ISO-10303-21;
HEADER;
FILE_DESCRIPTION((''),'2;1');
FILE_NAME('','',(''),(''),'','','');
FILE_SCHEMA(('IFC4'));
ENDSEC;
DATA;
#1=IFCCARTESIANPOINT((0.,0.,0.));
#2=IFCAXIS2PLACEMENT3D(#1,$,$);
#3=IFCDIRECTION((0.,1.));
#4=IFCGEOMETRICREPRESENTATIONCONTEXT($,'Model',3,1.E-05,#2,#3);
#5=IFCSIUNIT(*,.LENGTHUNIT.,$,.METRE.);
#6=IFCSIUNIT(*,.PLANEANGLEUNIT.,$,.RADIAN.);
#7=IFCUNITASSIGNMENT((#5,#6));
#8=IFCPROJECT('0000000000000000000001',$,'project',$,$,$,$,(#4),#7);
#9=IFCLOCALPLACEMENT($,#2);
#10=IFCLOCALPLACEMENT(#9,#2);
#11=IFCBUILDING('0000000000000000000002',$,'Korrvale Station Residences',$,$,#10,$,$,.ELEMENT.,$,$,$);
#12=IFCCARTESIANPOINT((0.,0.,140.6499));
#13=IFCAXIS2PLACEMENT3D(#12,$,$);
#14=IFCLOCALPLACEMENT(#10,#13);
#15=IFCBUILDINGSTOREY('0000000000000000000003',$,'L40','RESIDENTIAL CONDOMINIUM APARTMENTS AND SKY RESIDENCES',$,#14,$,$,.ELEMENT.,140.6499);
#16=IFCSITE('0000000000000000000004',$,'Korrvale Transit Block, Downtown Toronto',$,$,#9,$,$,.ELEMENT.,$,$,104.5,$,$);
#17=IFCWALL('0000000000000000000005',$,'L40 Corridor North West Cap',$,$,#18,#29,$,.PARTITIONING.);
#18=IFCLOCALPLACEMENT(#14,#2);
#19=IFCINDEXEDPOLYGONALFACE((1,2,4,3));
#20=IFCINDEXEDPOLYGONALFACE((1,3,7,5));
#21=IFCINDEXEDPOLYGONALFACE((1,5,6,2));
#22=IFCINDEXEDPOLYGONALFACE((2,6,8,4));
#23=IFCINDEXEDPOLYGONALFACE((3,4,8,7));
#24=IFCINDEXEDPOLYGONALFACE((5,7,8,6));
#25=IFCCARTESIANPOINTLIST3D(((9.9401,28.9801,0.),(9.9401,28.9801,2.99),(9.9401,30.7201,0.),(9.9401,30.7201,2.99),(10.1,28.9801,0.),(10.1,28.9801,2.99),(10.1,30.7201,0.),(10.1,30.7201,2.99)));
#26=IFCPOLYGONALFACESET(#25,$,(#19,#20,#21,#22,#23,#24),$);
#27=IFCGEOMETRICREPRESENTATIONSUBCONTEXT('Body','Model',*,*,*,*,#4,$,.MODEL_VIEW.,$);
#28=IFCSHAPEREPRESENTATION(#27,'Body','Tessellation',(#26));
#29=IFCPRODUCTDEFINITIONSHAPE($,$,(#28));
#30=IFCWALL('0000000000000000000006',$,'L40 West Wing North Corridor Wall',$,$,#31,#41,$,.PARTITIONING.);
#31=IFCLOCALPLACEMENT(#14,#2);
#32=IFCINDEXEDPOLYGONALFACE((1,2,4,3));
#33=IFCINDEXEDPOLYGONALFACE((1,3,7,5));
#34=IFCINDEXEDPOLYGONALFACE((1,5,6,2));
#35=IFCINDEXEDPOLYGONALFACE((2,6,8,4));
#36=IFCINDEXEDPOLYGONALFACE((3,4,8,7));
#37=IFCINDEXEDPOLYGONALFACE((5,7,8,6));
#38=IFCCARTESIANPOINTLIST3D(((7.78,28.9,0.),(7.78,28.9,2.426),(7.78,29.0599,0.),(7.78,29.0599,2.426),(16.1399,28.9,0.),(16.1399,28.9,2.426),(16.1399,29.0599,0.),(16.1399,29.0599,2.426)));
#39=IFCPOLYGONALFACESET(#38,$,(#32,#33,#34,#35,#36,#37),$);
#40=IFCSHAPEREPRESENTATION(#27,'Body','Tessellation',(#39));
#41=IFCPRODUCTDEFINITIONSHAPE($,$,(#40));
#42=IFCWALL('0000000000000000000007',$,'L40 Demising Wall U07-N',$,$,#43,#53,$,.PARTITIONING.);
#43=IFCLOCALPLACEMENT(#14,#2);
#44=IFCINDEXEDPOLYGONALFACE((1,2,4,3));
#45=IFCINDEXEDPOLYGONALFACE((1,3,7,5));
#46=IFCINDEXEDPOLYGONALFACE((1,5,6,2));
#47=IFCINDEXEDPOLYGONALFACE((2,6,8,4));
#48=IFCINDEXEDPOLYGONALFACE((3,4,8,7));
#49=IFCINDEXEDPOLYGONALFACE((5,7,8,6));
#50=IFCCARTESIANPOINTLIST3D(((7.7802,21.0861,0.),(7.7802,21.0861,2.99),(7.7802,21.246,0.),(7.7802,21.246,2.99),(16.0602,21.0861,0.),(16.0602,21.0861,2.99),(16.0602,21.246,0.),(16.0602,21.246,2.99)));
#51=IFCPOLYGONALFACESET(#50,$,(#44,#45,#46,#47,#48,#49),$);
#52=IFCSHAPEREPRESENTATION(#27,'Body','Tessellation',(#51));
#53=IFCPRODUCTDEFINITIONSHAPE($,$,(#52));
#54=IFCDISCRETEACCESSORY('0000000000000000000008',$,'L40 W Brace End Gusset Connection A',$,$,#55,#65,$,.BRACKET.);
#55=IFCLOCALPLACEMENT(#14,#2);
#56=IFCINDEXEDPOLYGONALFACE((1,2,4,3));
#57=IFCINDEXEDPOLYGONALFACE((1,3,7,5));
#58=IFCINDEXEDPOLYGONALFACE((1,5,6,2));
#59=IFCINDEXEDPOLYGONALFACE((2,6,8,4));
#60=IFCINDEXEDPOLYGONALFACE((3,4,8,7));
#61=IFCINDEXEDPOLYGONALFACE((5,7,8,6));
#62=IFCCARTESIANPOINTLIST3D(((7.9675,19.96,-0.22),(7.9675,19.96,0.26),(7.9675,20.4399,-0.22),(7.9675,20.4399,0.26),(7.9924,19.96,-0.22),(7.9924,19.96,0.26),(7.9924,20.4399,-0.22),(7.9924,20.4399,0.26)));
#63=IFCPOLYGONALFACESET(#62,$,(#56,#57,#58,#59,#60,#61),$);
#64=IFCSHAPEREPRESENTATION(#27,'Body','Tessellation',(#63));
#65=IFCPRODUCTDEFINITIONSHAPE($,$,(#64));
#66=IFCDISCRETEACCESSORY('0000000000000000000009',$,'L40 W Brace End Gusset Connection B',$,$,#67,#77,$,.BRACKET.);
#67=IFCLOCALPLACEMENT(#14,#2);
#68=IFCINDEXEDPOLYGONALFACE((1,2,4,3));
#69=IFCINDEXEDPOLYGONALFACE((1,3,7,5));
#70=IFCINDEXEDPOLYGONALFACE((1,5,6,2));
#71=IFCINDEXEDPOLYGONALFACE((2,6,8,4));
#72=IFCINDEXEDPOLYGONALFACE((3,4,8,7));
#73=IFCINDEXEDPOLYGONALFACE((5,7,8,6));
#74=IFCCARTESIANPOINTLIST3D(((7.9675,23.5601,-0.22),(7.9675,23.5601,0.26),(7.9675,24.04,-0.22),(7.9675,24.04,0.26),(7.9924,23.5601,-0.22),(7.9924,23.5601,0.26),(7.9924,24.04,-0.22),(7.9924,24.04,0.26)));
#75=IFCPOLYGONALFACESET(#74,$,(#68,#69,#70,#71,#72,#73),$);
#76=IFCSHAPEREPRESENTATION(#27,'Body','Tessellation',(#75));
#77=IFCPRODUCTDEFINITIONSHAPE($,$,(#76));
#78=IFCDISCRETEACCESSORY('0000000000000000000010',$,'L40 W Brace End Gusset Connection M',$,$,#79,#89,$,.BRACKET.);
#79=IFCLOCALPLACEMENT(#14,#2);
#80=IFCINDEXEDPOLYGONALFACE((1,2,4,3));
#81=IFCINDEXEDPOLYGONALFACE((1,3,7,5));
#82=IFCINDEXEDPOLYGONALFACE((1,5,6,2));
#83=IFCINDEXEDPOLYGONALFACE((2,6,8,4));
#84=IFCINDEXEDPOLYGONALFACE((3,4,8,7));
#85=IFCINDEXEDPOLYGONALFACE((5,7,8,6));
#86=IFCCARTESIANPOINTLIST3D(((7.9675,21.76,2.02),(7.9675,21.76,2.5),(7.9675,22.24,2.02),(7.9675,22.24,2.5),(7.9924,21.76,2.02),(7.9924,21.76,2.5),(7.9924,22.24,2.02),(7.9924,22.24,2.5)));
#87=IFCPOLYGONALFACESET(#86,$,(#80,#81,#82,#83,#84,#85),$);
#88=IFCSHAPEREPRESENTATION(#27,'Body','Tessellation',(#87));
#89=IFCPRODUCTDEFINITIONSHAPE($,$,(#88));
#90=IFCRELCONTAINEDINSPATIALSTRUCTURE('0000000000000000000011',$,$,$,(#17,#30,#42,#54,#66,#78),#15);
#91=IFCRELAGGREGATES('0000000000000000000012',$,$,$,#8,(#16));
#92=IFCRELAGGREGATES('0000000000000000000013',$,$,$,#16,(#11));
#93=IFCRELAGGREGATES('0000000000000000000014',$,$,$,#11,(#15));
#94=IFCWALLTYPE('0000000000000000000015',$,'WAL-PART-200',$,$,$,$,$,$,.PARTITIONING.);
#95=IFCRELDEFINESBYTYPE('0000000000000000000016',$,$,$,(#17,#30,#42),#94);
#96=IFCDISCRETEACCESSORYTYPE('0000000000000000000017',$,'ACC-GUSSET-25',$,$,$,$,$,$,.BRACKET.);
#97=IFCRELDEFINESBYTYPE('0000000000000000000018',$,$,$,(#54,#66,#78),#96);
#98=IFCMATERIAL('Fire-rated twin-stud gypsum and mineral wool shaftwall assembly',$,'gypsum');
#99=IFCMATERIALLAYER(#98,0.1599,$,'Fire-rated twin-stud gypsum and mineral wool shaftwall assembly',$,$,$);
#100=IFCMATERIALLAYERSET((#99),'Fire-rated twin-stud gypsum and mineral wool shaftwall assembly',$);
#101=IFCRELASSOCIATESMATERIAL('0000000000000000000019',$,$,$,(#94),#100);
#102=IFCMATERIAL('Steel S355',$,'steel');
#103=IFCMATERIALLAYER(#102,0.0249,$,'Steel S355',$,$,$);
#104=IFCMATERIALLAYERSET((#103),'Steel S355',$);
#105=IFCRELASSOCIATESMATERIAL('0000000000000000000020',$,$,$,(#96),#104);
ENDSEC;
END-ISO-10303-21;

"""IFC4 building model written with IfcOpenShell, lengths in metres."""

from ifc_helpers import new_model, si_unit, direction, frame, frame_2d, origin, origin_2d, place, context, subcontext, project, spatial, rectangle, extrude, material, layer, layer_set, type_object, element, save


model = new_model("IFC4")

# Units and contexts
model_context = context("Model", 3, precision=1e-05, world=origin(), true_north=direction((0.0, 1.0)))
body_context = subcontext(model_context, "Body", "Model", "MODEL_VIEW")
ifc_project = project(units=[si_unit("LENGTHUNIT", "METRE"), si_unit("PLANEANGLEUNIT", "RADIAN")], contexts=[model_context])

# Site, building, storey
site_placement = place(None, origin())
site = spatial("IfcSite", under=ifc_project, at=site_placement, Name="Korrvale Transit Block, Downtown Toronto", CompositionType="ELEMENT", RefElevation=104.5)
building_placement = place(site_placement, origin())
building = spatial("IfcBuilding", under=site, at=building_placement, Name="Korrvale Station Residences", CompositionType="ELEMENT")
storey_placement = place(building_placement, frame((0.0, 0.0, 140.6499)))
storey = spatial("IfcBuildingStorey", under=building, at=storey_placement, Name="L40", Description="RESIDENTIAL CONDOMINIUM APARTMENTS AND SKY RESIDENCES", CompositionType="ELEMENT", Elevation=140.6499)

# Shared definitions
ifc_material_1 = material(Name="Steel S355", Category="steel")

# Walls
ifc_material_2 = material(Name="Fire-rated twin-stud gypsum and mineral wool shaftwall assembly", Category="gypsum")
ifc_layer_1 = layer(ifc_material_2, 0.1599, Name="Fire-rated twin-stud gypsum and mineral wool shaftwall assembly")
ifc_layer_set_1 = layer_set([ifc_layer_1], Name="Fire-rated twin-stud gypsum and mineral wool shaftwall assembly")
wall_type_1 = type_object("IfcWallType", Name="WAL-PART-200", PredefinedType="PARTITIONING", material=ifc_layer_set_1)
wall_1_placement = place(storey_placement, frame((10.02, 28.98, 0.0), z_axis=(0.0, 0.0, 1.0), x_axis=(0.0, 1.0, 0.0)))
element("IfcWall", 1, at=wall_1_placement, inside=storey, type_object=wall_type_1, Name="L40 Corridor North West Cap", PredefinedType="PARTITIONING", context=body_context, shape_type="SweptSolid", body=[
    extrude(rectangle(XDim=1.74, YDim=0.1599, at=frame_2d((0.8701, 0.0))), origin(), (0.0, 0.0, 1.0), 2.99),
])
wall_2_placement = place(storey_placement, frame((7.78, 28.98, 0.0), z_axis=(0.0, 0.0, 1.0), x_axis=(1.0, 0.0, 0.0)))
element("IfcWall", 2, at=wall_2_placement, inside=storey, type_object=wall_type_1, Name="L40 West Wing North Corridor Wall", PredefinedType="PARTITIONING", context=body_context, shape_type="SweptSolid", body=[
    extrude(rectangle(XDim=8.3599, YDim=0.1599, at=frame_2d((4.1799, 0.0))), origin(), (0.0, 0.0, 1.0), 2.426),
])
wall_3_placement = place(storey_placement, frame((7.78, 21.166, 0.0), z_axis=(0.0, 0.0, 1.0), x_axis=(1.0, 0.0, 0.0)))
element("IfcWall", 3, at=wall_3_placement, inside=storey, type_object=wall_type_1, Name="L40 Demising Wall U07-N", PredefinedType="PARTITIONING", context=body_context, shape_type="SweptSolid", body=[
    extrude(rectangle(XDim=8.28, YDim=0.1599, at=frame_2d((4.1401, 0.0))), origin(), (0.0, 0.0, 1.0), 2.99),
])

# Discrete accessories
ifc_layer_2 = layer(ifc_material_1, 0.0249, Name="Steel S355")
ifc_layer_set_2 = layer_set([ifc_layer_2], Name="Steel S355")
discrete_accessory_type = type_object("IfcDiscreteAccessoryType", Name="ACC-GUSSET-25", PredefinedType="BRACKET", material=ifc_layer_set_2)
for number, where, z_axis, x_axis, name in (
    (4, (7.98, 20.2, -0.22), (0.0, 0.0, 1.0), (0.0, 1.0, 0.0), "L40 W Brace End Gusset Connection A"),
    (5, (7.98, 23.8, -0.22), (0.0, 0.0, 1.0), (0.0, 1.0, 0.0), "L40 W Brace End Gusset Connection B"),
    (6, (7.98, 22.0, 2.02), (0.0, 0.0, 1.0), (0.0, 1.0, 0.0), "L40 W Brace End Gusset Connection M"),
):
    element("IfcDiscreteAccessory", number, at=place(storey_placement, frame(where, z_axis=z_axis, x_axis=x_axis)), inside=storey, type_object=discrete_accessory_type, Name=name, PredefinedType="BRACKET", context=body_context, shape_type="SweptSolid", body=[
        extrude(rectangle(XDim=0.48, YDim=0.0249, at=origin_2d()), origin(), (0.0, 0.0, 1.0), 0.48),
    ])

save(model, "model.ifc")
